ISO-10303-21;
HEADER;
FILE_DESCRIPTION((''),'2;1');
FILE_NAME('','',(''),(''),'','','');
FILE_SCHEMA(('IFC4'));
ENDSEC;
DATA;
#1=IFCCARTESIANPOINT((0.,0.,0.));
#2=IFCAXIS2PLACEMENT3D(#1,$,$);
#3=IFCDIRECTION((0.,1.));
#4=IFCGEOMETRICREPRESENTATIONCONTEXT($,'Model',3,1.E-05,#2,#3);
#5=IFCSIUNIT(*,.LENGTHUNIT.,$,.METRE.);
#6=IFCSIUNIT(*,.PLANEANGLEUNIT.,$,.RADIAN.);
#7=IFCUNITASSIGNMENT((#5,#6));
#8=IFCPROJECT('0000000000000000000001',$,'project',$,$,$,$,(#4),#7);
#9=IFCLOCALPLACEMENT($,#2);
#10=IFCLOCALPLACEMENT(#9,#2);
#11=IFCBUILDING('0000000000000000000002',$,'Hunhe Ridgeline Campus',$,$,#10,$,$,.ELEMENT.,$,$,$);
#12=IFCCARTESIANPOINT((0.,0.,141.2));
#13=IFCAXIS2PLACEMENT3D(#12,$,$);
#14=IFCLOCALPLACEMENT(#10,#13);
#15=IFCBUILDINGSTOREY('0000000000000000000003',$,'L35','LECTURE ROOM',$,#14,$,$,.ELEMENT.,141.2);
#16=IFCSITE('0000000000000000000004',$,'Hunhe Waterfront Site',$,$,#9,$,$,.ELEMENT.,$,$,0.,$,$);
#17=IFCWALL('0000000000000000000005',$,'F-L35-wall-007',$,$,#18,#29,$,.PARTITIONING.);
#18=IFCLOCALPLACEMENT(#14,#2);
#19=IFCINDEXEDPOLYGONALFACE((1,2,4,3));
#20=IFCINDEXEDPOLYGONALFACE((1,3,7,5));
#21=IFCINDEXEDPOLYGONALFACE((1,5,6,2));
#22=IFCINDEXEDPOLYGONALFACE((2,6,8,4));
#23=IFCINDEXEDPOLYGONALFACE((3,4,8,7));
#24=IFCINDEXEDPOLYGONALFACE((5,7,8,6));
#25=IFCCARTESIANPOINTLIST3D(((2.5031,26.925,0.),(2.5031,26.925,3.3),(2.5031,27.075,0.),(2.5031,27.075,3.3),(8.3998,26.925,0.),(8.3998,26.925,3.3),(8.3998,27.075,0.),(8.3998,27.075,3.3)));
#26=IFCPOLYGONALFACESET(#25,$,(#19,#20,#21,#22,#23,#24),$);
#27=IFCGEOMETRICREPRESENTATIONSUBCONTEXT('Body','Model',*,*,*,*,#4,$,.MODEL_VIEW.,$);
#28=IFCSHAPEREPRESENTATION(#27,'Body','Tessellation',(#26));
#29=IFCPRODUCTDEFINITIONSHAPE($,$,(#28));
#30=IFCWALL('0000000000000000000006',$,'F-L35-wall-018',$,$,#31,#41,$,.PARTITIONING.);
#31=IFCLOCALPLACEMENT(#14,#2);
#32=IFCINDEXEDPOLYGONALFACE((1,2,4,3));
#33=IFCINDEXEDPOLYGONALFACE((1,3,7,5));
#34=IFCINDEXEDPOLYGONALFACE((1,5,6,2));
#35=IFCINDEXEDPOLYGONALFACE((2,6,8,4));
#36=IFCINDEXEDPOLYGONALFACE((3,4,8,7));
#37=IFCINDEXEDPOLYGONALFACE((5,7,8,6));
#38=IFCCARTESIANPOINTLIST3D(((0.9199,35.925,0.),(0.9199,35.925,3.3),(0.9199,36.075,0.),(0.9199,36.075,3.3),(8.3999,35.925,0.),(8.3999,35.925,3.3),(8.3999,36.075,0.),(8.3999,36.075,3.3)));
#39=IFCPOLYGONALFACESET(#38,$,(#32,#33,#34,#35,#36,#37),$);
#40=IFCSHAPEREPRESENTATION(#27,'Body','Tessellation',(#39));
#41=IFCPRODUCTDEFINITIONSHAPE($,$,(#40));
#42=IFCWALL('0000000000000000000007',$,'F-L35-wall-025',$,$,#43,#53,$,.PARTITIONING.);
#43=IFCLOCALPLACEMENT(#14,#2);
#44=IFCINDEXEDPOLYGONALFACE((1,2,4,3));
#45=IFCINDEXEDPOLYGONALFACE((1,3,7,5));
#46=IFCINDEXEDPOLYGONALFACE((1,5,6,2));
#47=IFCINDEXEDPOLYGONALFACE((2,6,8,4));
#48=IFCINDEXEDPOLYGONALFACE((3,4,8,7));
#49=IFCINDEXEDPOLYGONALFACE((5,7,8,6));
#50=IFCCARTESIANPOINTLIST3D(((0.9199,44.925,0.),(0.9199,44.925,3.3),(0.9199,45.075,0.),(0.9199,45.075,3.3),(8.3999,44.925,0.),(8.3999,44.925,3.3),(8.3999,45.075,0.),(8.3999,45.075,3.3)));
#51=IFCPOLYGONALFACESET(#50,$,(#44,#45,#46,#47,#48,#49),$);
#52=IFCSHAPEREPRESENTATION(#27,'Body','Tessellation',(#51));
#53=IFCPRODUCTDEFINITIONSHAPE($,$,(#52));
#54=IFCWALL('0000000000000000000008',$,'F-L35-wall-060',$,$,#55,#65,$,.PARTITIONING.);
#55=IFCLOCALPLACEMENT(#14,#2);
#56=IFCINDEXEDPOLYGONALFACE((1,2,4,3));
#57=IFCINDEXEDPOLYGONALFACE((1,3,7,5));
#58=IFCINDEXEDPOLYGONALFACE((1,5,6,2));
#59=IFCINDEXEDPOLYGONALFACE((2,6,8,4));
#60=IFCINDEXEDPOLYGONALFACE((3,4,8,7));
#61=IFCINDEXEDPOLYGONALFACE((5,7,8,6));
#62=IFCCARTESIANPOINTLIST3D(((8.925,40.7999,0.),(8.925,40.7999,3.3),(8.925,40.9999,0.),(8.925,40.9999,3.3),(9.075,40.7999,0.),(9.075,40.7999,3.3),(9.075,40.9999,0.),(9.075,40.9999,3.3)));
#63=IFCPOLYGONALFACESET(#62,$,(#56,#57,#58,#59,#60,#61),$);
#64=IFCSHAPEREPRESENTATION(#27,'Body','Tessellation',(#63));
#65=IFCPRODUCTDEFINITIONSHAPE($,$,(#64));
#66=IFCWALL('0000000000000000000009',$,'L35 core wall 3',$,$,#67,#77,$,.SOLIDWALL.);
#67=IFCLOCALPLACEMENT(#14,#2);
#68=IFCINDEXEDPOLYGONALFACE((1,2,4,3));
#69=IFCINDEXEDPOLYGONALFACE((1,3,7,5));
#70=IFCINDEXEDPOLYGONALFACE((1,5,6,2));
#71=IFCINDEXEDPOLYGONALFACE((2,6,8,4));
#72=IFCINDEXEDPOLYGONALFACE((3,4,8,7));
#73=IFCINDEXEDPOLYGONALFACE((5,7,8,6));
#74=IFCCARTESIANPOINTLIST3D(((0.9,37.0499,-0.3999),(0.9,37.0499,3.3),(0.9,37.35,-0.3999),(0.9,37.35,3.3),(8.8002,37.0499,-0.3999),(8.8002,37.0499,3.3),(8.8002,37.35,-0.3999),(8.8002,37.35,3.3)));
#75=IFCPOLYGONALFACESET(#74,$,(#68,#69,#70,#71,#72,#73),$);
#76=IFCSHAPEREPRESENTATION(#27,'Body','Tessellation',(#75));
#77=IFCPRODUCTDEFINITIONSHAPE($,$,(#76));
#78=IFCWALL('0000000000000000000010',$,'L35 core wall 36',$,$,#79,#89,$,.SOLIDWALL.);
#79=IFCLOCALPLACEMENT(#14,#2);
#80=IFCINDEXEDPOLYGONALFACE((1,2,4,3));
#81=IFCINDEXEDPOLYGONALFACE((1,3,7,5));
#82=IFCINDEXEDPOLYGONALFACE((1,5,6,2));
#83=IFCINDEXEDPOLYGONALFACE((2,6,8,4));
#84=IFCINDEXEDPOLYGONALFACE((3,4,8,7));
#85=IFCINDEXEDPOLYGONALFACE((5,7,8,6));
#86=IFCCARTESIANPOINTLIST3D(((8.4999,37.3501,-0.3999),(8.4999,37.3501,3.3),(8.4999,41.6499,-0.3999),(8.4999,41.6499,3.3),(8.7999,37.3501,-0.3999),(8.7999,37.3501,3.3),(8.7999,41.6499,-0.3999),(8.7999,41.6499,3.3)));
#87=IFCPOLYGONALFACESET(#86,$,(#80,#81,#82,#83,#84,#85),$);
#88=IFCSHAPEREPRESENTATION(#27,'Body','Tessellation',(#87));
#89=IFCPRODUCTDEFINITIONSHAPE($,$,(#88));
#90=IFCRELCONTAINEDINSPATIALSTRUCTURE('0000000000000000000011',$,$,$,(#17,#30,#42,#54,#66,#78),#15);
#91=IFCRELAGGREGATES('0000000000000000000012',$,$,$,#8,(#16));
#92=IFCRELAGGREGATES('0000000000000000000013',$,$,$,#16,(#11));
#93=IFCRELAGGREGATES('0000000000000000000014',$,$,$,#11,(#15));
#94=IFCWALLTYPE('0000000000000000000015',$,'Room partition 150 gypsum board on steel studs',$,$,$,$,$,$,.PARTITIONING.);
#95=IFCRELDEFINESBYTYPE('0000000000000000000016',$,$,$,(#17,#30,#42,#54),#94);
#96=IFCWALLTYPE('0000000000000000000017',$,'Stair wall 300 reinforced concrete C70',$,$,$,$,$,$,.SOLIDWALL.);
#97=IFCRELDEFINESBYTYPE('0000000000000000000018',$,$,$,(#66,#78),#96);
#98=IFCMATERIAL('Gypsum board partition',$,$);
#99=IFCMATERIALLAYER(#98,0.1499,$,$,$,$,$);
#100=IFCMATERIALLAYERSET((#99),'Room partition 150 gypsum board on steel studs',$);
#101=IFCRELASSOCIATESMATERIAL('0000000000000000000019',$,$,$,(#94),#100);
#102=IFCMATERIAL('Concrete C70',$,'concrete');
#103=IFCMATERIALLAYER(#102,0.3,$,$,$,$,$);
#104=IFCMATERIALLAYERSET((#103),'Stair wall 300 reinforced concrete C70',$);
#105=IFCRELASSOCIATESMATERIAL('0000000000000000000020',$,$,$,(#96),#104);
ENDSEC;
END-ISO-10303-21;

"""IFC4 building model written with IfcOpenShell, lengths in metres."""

from ifc_helpers import new_model, si_unit, direction, frame, frame_2d, origin, place, context, subcontext, project, spatial, rectangle, extrude, material, layer, layer_set, type_object, element, save


model = new_model("IFC4")

# Units and contexts
model_context = context("Model", 3, precision=1e-05, world=origin(), true_north=direction((0.0, 1.0)))
body_context = subcontext(model_context, "Body", "Model", "MODEL_VIEW")
ifc_project = project(units=[si_unit("LENGTHUNIT", "METRE"), si_unit("PLANEANGLEUNIT", "RADIAN")], contexts=[model_context])

# Site, building, storey
site_placement = place(None, origin())
site = spatial("IfcSite", under=ifc_project, at=site_placement, Name="Hunhe Waterfront Site", CompositionType="ELEMENT", RefElevation=0.0)
building_placement = place(site_placement, origin())
building = spatial("IfcBuilding", under=site, at=building_placement, Name="Hunhe Ridgeline Campus", CompositionType="ELEMENT")
storey_placement = place(building_placement, frame((0.0, 0.0, 141.2)))
storey = spatial("IfcBuildingStorey", under=building, at=storey_placement, Name="L35", Description="LECTURE ROOM", CompositionType="ELEMENT", Elevation=141.2)

# Shared definitions
ifc_material_1 = material(Name="Concrete C70", Category="concrete")

# Shared definitions
ifc_material_2 = material(Name="Gypsum board partition")

# Walls
ifc_layer_1 = layer(ifc_material_2, 0.1499)
ifc_layer_set_1 = layer_set([ifc_layer_1], Name="Room partition 150 gypsum board on steel studs")
wall_type_1 = type_object("IfcWallType", Name="Room partition 150 gypsum board on steel studs", PredefinedType="PARTITIONING", material=ifc_layer_set_1)
wall_1_placement = place(storey_placement, frame((2.5032, 27.0, 0.0), z_axis=(0.0, 0.0, 1.0), x_axis=(1.0, 0.0, 0.0)))
element("IfcWall", 1, at=wall_1_placement, inside=storey, type_object=wall_type_1, Name="F-L35-wall-007", PredefinedType="PARTITIONING", context=body_context, shape_type="SweptSolid", body=[
    extrude(rectangle(XDim=5.8967, YDim=0.1499, at=frame_2d((2.9482, 0.0))), origin(), (0.0, 0.0, 1.0), 3.3),
])
for number, where, z_axis, x_axis, name in (
    (2, (0.9199, 36.0, 0.0), (0.0, 0.0, 1.0), (1.0, 0.0, 0.0), "F-L35-wall-018"),
    (3, (0.9199, 45.0, 0.0), (0.0, 0.0, 1.0), (1.0, 0.0, 0.0), "F-L35-wall-025"),
):
    element("IfcWall", number, at=place(storey_placement, frame(where, z_axis=z_axis, x_axis=x_axis)), inside=storey, type_object=wall_type_1, Name=name, PredefinedType="PARTITIONING", context=body_context, shape_type="SweptSolid", body=[
        extrude(rectangle(XDim=7.48, YDim=0.1499, at=frame_2d((3.74, 0.0))), origin(), (0.0, 0.0, 1.0), 3.3),
    ])
wall_2_placement = place(storey_placement, frame((9.0, 41.0, 0.0), z_axis=(0.0, 0.0, 1.0), x_axis=(0.0, -1.0, 0.0)))
element("IfcWall", 4, at=wall_2_placement, inside=storey, type_object=wall_type_1, Name="F-L35-wall-060", PredefinedType="PARTITIONING", context=body_context, shape_type="SweptSolid", body=[
    extrude(rectangle(XDim=0.2, YDim=0.1499, at=frame_2d((0.1001, 0.0))), origin(), (0.0, 0.0, 1.0), 3.3),
])
ifc_layer_2 = layer(ifc_material_1, 0.3)
ifc_layer_set_2 = layer_set([ifc_layer_2], Name="Stair wall 300 reinforced concrete C70")
wall_type_2 = type_object("IfcWallType", Name="Stair wall 300 reinforced concrete C70", PredefinedType="SOLIDWALL", material=ifc_layer_set_2)
wall_3_placement = place(storey_placement, frame((0.8999, 37.2, -0.3999), z_axis=(0.0, 0.0, 1.0), x_axis=(1.0, 0.0, 0.0)))
element("IfcWall", 5, at=wall_3_placement, inside=storey, type_object=wall_type_2, Name="L35 core wall 3", PredefinedType="SOLIDWALL", context=body_context, shape_type="SweptSolid", body=[
    extrude(rectangle(XDim=7.9001, YDim=0.3, at=frame_2d((3.9502, 0.0))), origin(), (0.0, 0.0, 1.0), 3.7),
])

# Wall
wall_4_placement = place(storey_placement, frame((8.6499, 37.3501, -0.3999), z_axis=(0.0, 0.0, 1.0), x_axis=(0.0, 1.0, 0.0)))
element("IfcWall", 6, at=wall_4_placement, inside=storey, type_object=wall_type_2, Name="L35 core wall 36", PredefinedType="SOLIDWALL", context=body_context, shape_type="SweptSolid", body=[
    extrude(rectangle(XDim=4.2998, YDim=0.3, at=frame_2d((2.1499, 0.0))), origin(), (0.0, 0.0, 1.0), 3.7),
])

save(model, "model.ifc")
